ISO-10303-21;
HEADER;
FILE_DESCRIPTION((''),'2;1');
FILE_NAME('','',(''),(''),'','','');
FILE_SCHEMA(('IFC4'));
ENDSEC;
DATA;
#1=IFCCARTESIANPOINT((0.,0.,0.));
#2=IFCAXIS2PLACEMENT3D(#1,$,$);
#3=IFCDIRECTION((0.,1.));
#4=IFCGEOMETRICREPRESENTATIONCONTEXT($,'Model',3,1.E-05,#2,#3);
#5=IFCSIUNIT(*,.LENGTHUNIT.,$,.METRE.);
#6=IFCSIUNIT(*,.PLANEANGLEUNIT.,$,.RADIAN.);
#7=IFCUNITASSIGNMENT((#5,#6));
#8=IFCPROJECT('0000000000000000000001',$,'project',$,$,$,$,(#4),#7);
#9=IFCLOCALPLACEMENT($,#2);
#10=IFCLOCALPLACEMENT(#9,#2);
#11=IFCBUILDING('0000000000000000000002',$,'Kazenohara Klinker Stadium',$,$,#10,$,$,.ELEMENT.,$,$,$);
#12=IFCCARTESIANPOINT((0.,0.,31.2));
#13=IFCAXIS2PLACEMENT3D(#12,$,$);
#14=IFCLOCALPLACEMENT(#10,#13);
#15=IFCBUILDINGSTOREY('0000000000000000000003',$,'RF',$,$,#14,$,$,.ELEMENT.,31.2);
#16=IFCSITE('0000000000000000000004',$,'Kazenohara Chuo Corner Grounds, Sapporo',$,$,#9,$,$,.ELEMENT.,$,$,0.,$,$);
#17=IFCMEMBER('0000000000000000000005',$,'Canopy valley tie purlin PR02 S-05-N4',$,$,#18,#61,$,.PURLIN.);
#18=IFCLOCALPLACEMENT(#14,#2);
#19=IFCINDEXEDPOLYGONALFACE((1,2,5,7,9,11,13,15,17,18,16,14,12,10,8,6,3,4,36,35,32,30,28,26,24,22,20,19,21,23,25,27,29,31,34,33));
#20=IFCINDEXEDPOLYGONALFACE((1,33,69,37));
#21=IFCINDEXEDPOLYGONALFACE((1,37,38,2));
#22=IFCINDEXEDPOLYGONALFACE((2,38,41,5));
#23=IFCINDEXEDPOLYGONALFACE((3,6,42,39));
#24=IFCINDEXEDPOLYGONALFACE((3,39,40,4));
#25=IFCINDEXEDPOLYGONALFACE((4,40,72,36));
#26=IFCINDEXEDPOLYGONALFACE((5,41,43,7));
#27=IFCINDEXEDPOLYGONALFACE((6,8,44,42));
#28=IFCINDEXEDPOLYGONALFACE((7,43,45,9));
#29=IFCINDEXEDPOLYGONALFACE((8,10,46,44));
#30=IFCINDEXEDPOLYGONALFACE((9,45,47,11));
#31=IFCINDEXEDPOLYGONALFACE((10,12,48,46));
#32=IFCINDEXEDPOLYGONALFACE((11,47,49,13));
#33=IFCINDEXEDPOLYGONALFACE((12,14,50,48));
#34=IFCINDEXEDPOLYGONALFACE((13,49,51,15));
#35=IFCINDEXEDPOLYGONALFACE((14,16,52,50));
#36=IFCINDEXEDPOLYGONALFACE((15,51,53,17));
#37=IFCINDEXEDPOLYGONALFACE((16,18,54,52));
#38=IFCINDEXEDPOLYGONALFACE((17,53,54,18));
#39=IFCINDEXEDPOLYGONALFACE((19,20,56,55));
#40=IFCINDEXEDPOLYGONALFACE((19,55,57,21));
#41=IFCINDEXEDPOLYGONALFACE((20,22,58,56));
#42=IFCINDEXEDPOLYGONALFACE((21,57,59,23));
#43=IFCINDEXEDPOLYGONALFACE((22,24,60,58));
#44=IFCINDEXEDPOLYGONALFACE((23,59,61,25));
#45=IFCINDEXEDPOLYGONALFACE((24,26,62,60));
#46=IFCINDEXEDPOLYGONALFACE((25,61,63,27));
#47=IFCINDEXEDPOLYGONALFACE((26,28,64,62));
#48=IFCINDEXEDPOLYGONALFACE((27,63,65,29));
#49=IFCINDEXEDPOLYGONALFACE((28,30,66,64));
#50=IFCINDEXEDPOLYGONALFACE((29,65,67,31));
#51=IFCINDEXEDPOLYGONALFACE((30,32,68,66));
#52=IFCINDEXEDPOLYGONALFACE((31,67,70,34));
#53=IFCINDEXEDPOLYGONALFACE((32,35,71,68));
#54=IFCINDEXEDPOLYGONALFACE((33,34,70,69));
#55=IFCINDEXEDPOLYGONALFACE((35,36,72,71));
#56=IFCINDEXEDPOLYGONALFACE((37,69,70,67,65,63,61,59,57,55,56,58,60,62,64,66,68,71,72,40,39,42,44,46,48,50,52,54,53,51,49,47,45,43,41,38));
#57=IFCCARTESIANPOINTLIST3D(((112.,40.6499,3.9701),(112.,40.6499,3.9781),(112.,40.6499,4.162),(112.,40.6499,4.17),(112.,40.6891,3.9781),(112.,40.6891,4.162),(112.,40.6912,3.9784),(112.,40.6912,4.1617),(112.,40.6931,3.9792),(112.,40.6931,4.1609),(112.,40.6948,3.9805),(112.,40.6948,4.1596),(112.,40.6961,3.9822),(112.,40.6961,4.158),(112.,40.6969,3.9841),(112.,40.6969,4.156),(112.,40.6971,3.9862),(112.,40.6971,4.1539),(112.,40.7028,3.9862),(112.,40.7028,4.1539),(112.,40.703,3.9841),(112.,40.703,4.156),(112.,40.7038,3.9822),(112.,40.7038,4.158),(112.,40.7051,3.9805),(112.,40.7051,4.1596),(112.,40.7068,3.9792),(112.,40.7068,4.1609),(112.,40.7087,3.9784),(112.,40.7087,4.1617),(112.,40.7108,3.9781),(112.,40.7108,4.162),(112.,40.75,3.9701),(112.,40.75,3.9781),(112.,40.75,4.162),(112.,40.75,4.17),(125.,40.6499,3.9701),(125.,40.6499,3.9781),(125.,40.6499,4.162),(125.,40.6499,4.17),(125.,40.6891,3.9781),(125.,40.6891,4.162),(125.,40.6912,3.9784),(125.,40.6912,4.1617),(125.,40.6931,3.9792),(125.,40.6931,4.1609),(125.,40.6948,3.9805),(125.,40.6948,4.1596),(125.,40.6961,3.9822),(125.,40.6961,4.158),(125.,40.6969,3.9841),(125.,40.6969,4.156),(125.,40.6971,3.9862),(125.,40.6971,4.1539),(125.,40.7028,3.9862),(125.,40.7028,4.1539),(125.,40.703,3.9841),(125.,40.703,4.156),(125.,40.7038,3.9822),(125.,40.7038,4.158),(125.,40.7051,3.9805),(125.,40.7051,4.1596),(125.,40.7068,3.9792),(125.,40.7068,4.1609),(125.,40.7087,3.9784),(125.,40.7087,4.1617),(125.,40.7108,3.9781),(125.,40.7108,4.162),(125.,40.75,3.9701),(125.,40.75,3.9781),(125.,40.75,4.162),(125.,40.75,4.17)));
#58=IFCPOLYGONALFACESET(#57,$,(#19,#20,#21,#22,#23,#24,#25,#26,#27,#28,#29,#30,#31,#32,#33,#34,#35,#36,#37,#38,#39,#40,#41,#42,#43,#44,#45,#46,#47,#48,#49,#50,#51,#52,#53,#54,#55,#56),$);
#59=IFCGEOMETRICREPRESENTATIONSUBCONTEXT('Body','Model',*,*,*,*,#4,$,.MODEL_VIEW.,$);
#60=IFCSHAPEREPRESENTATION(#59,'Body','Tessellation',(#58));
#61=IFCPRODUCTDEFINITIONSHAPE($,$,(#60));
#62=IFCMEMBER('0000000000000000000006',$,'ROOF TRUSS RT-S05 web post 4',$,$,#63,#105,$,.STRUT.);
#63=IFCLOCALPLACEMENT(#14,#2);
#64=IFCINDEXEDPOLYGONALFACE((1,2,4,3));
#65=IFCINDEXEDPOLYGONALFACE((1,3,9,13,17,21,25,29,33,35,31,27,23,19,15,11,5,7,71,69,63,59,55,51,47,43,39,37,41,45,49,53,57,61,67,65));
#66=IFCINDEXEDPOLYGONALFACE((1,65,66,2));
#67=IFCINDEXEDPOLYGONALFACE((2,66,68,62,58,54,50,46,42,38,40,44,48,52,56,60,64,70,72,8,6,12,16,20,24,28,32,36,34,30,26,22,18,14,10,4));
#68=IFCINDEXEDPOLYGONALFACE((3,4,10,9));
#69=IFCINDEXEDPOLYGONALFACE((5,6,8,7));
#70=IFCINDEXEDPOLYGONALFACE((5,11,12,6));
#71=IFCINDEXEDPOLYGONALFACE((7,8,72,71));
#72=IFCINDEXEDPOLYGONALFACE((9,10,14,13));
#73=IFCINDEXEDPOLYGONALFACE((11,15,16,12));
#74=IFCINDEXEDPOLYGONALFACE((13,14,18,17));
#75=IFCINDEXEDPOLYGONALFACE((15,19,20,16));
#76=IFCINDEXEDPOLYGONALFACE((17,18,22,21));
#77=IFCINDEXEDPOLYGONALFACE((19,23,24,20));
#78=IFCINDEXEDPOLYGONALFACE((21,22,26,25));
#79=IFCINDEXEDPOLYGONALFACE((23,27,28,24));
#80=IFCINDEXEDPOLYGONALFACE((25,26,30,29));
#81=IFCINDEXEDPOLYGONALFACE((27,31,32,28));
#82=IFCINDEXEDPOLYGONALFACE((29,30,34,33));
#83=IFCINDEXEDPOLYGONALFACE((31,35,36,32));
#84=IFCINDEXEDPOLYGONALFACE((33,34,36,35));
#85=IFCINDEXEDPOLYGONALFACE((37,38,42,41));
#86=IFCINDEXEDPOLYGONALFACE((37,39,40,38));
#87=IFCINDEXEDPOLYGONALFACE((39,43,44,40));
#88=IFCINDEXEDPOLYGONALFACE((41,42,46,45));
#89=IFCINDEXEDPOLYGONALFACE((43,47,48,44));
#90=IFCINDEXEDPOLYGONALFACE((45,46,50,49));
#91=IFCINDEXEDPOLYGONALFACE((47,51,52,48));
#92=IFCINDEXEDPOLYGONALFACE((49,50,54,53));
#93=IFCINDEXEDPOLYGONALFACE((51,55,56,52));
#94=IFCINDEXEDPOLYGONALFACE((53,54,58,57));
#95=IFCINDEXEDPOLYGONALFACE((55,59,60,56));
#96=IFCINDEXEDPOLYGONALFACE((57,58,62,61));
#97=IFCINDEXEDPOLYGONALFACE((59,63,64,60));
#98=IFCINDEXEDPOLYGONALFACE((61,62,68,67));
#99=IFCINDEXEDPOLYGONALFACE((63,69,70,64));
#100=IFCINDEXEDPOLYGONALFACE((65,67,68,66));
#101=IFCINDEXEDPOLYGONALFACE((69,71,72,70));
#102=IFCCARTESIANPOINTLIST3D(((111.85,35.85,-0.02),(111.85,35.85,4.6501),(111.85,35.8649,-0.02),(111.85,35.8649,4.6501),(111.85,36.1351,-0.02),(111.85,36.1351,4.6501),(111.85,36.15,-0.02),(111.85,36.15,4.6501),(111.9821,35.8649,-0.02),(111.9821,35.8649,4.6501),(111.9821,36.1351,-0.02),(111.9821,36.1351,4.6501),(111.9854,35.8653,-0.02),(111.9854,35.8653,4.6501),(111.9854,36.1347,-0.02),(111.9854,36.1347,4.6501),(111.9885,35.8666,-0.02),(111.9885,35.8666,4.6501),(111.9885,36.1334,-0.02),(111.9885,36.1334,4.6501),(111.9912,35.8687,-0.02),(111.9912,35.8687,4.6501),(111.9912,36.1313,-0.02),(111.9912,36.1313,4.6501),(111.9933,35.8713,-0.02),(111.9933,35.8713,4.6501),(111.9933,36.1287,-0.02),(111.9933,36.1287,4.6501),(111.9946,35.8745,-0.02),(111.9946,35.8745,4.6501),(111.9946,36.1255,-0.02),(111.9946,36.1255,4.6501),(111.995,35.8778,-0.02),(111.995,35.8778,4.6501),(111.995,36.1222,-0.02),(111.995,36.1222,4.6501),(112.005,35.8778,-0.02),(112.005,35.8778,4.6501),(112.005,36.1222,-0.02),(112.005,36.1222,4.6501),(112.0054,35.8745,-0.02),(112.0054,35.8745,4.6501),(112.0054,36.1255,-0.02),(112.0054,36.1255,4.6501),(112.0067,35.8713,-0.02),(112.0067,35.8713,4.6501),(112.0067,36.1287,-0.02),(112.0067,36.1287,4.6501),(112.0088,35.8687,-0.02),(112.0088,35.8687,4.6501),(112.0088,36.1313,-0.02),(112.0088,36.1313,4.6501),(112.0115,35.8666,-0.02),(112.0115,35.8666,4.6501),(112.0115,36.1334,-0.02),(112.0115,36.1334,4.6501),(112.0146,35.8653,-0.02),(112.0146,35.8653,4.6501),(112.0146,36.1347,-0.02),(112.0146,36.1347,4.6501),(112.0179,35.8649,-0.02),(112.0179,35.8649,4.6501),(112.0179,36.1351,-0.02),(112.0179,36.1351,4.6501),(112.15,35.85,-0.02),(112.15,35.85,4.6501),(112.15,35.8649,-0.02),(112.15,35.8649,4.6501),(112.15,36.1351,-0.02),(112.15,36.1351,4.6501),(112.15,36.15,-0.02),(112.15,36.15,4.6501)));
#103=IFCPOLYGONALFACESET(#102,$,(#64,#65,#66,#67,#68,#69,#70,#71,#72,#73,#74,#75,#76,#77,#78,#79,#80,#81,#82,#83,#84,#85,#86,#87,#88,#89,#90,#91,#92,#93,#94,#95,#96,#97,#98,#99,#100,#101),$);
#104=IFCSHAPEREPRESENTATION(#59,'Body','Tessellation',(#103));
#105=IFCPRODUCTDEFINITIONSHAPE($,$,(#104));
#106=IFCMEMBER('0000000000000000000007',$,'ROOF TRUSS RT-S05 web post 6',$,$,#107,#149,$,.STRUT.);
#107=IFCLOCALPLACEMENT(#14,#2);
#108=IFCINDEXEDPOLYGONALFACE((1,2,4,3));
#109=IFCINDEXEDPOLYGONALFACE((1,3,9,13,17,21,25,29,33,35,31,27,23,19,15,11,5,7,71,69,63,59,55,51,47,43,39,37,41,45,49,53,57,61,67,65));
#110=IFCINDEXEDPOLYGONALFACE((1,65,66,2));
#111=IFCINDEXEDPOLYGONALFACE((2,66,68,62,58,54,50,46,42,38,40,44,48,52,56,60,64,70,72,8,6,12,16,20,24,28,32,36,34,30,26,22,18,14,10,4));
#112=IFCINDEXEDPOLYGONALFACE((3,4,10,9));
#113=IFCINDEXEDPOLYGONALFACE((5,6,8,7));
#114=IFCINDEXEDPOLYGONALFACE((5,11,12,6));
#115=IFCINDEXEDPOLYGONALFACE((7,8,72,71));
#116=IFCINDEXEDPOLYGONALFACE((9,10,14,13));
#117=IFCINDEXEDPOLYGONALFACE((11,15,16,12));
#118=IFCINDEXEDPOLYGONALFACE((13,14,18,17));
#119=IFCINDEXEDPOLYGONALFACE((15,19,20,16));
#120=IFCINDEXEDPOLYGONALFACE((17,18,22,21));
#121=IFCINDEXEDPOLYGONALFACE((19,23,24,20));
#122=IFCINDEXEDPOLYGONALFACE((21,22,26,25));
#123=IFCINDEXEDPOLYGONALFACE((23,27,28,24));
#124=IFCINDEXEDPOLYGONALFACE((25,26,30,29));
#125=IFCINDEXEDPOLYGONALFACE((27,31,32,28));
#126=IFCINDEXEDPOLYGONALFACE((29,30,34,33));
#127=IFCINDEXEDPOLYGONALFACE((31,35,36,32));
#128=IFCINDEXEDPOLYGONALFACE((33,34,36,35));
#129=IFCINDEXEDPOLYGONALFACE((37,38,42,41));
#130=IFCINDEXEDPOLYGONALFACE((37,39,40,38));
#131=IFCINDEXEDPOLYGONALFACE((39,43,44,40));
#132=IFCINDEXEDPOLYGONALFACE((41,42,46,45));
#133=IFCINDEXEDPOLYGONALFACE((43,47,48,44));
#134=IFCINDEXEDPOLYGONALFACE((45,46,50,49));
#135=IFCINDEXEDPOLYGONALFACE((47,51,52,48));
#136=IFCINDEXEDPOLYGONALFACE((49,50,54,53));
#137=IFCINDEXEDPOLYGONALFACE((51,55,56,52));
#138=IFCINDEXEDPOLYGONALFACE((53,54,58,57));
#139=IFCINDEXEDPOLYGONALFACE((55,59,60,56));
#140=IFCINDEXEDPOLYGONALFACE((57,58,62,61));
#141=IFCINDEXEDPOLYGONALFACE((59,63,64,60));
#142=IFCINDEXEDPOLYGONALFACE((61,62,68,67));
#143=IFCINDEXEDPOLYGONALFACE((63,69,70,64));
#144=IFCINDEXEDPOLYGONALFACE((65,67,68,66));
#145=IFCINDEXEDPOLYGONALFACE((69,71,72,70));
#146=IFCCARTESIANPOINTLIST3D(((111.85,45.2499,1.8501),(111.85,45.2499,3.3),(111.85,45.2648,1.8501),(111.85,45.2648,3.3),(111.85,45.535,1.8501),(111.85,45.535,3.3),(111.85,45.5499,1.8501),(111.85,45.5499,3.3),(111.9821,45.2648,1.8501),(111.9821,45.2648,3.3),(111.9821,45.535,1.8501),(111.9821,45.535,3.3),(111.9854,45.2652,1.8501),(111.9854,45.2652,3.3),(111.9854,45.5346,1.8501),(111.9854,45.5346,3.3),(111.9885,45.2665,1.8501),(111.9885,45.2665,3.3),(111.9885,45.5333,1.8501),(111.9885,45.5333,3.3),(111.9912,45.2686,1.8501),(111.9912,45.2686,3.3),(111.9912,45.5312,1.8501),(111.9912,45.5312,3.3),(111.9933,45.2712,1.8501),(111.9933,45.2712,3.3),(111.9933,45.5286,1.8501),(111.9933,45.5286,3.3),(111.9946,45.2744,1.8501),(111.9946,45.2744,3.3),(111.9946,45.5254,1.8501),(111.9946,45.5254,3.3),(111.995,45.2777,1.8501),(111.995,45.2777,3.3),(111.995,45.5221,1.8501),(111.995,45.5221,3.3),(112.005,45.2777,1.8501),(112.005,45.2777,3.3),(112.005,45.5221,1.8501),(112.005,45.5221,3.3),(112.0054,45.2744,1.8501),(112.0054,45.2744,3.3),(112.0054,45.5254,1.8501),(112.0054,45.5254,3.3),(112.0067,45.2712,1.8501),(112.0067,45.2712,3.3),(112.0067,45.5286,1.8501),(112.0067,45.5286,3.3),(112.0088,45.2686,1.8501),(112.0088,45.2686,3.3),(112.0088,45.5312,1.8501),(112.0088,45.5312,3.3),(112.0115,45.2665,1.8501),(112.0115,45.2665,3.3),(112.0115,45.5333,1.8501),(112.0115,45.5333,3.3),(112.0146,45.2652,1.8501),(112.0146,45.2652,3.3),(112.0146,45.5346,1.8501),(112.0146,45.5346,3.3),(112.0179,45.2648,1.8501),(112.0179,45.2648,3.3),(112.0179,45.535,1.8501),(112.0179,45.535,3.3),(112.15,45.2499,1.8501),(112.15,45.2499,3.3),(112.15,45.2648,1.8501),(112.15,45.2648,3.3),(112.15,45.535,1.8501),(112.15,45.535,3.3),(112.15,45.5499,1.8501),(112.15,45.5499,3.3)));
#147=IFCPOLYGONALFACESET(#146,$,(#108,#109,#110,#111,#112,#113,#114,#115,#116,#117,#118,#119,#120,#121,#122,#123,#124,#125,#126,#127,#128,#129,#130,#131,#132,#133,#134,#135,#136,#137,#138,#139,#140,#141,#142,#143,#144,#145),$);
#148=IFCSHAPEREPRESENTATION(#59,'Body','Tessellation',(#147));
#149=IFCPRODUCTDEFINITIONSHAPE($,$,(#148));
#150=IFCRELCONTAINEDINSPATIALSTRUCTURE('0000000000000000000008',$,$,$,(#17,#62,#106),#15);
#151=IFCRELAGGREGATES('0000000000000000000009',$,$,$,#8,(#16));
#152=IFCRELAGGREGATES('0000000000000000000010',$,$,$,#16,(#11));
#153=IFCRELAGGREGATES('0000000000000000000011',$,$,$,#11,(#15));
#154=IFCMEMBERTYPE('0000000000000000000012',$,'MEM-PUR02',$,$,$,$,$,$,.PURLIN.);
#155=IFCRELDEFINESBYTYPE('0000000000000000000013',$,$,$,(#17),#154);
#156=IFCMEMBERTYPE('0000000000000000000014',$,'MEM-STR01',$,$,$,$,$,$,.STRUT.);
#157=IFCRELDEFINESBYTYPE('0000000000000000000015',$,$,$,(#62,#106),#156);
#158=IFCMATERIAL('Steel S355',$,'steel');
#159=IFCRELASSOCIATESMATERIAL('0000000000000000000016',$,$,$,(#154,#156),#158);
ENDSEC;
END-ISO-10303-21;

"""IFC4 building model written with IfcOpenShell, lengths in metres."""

from ifc_helpers import new_model, si_unit, direction, frame, origin, origin_2d, place, context, subcontext, project, spatial, i_section, extrude, material, material_profile, profile_set, type_object, element, save


model = new_model("IFC4")

# Units and contexts
model_context = context("Model", 3, precision=1e-05, world=origin(), true_north=direction((0.0, 1.0)))
body_context = subcontext(model_context, "Body", "Model", "MODEL_VIEW")
ifc_project = project(units=[si_unit("LENGTHUNIT", "METRE"), si_unit("PLANEANGLEUNIT", "RADIAN")], contexts=[model_context])

# Site, building, storey
site_placement = place(None, origin())
site = spatial("IfcSite", under=ifc_project, at=site_placement, Name="Kazenohara Chuo Corner Grounds, Sapporo", CompositionType="ELEMENT", RefElevation=0.0)
building_placement = place(site_placement, origin())
building = spatial("IfcBuilding", under=site, at=building_placement, Name="Kazenohara Klinker Stadium", CompositionType="ELEMENT")
storey_placement = place(building_placement, frame((0.0, 0.0, 31.2)))
storey = spatial("IfcBuildingStorey", under=building, at=storey_placement, Name="RF", CompositionType="ELEMENT", Elevation=31.2)

# Members
ifc_material_1 = material(Name="Steel S355", Category="steel")
ifc_material_profile_1 = material_profile(ifc_material_1, i_section(OverallWidth=0.1001, OverallDepth=0.2, WebThickness=0.0056, FlangeThickness=0.0081, FilletRadius=0.0081, at=origin_2d()), Name="H-200x100x5.5x8")
ifc_profile_set_1 = profile_set([ifc_material_profile_1], Name="Steel S355")
member_type_1 = type_object("IfcMemberType", Name="MEM-PUR02", PredefinedType="PURLIN", material=ifc_profile_set_1)
member_1_placement = place(storey_placement, frame((112.0, 40.7, 4.0701), z_axis=(1.0, 0.0, 0.0), x_axis=(0.0, 1.0, 0.0)))
element("IfcMember", 1, at=member_1_placement, inside=storey, type_object=member_type_1, Name="Canopy valley tie purlin PR02 S-05-N4", PredefinedType="PURLIN", context=body_context, shape_type="SweptSolid", body=[
    extrude(i_section(OverallWidth=0.1001, OverallDepth=0.2, WebThickness=0.0056, FlangeThickness=0.0081, FilletRadius=0.0081, at=origin_2d()), origin(), (0.0, 0.0, 1.0), 13.0),
])
ifc_material_profile_2 = material_profile(ifc_material_1, i_section(OverallWidth=0.3, OverallDepth=0.3, WebThickness=0.01, FlangeThickness=0.0149, FilletRadius=0.0129, at=origin_2d()), Name="H-300x300x10x15")
ifc_profile_set_2 = profile_set([ifc_material_profile_2], Name="Steel S355")
member_type_2 = type_object("IfcMemberType", Name="MEM-STR01", PredefinedType="STRUT", material=ifc_profile_set_2)
member_2_placement = place(storey_placement, frame((112.0, 36.0, -0.02), z_axis=(0.0, 0.0, 1.0), x_axis=(1.0, 0.0, 0.0)))
element("IfcMember", 2, at=member_2_placement, inside=storey, type_object=member_type_2, Name="ROOF TRUSS RT-S05 web post 4", PredefinedType="STRUT", context=body_context, shape_type="SweptSolid", body=[
    extrude(i_section(OverallWidth=0.3, OverallDepth=0.3, WebThickness=0.01, FlangeThickness=0.0149, FilletRadius=0.0129, at=origin_2d()), origin(), (0.0, 0.0, 1.0), 4.6702),
])
member_3_placement = place(storey_placement, frame((112.0, 45.3999, 1.8501), z_axis=(0.0, 0.0, 1.0), x_axis=(1.0, 0.0, 0.0)))
element("IfcMember", 3, at=member_3_placement, inside=storey, type_object=member_type_2, Name="ROOF TRUSS RT-S05 web post 6", PredefinedType="STRUT", context=body_context, shape_type="SweptSolid", body=[
    extrude(i_section(OverallWidth=0.3, OverallDepth=0.3, WebThickness=0.01, FlangeThickness=0.0149, FilletRadius=0.0129, at=origin_2d()), origin(), (0.0, 0.0, 1.0), 1.45),
])

save(model, "model.ifc")
